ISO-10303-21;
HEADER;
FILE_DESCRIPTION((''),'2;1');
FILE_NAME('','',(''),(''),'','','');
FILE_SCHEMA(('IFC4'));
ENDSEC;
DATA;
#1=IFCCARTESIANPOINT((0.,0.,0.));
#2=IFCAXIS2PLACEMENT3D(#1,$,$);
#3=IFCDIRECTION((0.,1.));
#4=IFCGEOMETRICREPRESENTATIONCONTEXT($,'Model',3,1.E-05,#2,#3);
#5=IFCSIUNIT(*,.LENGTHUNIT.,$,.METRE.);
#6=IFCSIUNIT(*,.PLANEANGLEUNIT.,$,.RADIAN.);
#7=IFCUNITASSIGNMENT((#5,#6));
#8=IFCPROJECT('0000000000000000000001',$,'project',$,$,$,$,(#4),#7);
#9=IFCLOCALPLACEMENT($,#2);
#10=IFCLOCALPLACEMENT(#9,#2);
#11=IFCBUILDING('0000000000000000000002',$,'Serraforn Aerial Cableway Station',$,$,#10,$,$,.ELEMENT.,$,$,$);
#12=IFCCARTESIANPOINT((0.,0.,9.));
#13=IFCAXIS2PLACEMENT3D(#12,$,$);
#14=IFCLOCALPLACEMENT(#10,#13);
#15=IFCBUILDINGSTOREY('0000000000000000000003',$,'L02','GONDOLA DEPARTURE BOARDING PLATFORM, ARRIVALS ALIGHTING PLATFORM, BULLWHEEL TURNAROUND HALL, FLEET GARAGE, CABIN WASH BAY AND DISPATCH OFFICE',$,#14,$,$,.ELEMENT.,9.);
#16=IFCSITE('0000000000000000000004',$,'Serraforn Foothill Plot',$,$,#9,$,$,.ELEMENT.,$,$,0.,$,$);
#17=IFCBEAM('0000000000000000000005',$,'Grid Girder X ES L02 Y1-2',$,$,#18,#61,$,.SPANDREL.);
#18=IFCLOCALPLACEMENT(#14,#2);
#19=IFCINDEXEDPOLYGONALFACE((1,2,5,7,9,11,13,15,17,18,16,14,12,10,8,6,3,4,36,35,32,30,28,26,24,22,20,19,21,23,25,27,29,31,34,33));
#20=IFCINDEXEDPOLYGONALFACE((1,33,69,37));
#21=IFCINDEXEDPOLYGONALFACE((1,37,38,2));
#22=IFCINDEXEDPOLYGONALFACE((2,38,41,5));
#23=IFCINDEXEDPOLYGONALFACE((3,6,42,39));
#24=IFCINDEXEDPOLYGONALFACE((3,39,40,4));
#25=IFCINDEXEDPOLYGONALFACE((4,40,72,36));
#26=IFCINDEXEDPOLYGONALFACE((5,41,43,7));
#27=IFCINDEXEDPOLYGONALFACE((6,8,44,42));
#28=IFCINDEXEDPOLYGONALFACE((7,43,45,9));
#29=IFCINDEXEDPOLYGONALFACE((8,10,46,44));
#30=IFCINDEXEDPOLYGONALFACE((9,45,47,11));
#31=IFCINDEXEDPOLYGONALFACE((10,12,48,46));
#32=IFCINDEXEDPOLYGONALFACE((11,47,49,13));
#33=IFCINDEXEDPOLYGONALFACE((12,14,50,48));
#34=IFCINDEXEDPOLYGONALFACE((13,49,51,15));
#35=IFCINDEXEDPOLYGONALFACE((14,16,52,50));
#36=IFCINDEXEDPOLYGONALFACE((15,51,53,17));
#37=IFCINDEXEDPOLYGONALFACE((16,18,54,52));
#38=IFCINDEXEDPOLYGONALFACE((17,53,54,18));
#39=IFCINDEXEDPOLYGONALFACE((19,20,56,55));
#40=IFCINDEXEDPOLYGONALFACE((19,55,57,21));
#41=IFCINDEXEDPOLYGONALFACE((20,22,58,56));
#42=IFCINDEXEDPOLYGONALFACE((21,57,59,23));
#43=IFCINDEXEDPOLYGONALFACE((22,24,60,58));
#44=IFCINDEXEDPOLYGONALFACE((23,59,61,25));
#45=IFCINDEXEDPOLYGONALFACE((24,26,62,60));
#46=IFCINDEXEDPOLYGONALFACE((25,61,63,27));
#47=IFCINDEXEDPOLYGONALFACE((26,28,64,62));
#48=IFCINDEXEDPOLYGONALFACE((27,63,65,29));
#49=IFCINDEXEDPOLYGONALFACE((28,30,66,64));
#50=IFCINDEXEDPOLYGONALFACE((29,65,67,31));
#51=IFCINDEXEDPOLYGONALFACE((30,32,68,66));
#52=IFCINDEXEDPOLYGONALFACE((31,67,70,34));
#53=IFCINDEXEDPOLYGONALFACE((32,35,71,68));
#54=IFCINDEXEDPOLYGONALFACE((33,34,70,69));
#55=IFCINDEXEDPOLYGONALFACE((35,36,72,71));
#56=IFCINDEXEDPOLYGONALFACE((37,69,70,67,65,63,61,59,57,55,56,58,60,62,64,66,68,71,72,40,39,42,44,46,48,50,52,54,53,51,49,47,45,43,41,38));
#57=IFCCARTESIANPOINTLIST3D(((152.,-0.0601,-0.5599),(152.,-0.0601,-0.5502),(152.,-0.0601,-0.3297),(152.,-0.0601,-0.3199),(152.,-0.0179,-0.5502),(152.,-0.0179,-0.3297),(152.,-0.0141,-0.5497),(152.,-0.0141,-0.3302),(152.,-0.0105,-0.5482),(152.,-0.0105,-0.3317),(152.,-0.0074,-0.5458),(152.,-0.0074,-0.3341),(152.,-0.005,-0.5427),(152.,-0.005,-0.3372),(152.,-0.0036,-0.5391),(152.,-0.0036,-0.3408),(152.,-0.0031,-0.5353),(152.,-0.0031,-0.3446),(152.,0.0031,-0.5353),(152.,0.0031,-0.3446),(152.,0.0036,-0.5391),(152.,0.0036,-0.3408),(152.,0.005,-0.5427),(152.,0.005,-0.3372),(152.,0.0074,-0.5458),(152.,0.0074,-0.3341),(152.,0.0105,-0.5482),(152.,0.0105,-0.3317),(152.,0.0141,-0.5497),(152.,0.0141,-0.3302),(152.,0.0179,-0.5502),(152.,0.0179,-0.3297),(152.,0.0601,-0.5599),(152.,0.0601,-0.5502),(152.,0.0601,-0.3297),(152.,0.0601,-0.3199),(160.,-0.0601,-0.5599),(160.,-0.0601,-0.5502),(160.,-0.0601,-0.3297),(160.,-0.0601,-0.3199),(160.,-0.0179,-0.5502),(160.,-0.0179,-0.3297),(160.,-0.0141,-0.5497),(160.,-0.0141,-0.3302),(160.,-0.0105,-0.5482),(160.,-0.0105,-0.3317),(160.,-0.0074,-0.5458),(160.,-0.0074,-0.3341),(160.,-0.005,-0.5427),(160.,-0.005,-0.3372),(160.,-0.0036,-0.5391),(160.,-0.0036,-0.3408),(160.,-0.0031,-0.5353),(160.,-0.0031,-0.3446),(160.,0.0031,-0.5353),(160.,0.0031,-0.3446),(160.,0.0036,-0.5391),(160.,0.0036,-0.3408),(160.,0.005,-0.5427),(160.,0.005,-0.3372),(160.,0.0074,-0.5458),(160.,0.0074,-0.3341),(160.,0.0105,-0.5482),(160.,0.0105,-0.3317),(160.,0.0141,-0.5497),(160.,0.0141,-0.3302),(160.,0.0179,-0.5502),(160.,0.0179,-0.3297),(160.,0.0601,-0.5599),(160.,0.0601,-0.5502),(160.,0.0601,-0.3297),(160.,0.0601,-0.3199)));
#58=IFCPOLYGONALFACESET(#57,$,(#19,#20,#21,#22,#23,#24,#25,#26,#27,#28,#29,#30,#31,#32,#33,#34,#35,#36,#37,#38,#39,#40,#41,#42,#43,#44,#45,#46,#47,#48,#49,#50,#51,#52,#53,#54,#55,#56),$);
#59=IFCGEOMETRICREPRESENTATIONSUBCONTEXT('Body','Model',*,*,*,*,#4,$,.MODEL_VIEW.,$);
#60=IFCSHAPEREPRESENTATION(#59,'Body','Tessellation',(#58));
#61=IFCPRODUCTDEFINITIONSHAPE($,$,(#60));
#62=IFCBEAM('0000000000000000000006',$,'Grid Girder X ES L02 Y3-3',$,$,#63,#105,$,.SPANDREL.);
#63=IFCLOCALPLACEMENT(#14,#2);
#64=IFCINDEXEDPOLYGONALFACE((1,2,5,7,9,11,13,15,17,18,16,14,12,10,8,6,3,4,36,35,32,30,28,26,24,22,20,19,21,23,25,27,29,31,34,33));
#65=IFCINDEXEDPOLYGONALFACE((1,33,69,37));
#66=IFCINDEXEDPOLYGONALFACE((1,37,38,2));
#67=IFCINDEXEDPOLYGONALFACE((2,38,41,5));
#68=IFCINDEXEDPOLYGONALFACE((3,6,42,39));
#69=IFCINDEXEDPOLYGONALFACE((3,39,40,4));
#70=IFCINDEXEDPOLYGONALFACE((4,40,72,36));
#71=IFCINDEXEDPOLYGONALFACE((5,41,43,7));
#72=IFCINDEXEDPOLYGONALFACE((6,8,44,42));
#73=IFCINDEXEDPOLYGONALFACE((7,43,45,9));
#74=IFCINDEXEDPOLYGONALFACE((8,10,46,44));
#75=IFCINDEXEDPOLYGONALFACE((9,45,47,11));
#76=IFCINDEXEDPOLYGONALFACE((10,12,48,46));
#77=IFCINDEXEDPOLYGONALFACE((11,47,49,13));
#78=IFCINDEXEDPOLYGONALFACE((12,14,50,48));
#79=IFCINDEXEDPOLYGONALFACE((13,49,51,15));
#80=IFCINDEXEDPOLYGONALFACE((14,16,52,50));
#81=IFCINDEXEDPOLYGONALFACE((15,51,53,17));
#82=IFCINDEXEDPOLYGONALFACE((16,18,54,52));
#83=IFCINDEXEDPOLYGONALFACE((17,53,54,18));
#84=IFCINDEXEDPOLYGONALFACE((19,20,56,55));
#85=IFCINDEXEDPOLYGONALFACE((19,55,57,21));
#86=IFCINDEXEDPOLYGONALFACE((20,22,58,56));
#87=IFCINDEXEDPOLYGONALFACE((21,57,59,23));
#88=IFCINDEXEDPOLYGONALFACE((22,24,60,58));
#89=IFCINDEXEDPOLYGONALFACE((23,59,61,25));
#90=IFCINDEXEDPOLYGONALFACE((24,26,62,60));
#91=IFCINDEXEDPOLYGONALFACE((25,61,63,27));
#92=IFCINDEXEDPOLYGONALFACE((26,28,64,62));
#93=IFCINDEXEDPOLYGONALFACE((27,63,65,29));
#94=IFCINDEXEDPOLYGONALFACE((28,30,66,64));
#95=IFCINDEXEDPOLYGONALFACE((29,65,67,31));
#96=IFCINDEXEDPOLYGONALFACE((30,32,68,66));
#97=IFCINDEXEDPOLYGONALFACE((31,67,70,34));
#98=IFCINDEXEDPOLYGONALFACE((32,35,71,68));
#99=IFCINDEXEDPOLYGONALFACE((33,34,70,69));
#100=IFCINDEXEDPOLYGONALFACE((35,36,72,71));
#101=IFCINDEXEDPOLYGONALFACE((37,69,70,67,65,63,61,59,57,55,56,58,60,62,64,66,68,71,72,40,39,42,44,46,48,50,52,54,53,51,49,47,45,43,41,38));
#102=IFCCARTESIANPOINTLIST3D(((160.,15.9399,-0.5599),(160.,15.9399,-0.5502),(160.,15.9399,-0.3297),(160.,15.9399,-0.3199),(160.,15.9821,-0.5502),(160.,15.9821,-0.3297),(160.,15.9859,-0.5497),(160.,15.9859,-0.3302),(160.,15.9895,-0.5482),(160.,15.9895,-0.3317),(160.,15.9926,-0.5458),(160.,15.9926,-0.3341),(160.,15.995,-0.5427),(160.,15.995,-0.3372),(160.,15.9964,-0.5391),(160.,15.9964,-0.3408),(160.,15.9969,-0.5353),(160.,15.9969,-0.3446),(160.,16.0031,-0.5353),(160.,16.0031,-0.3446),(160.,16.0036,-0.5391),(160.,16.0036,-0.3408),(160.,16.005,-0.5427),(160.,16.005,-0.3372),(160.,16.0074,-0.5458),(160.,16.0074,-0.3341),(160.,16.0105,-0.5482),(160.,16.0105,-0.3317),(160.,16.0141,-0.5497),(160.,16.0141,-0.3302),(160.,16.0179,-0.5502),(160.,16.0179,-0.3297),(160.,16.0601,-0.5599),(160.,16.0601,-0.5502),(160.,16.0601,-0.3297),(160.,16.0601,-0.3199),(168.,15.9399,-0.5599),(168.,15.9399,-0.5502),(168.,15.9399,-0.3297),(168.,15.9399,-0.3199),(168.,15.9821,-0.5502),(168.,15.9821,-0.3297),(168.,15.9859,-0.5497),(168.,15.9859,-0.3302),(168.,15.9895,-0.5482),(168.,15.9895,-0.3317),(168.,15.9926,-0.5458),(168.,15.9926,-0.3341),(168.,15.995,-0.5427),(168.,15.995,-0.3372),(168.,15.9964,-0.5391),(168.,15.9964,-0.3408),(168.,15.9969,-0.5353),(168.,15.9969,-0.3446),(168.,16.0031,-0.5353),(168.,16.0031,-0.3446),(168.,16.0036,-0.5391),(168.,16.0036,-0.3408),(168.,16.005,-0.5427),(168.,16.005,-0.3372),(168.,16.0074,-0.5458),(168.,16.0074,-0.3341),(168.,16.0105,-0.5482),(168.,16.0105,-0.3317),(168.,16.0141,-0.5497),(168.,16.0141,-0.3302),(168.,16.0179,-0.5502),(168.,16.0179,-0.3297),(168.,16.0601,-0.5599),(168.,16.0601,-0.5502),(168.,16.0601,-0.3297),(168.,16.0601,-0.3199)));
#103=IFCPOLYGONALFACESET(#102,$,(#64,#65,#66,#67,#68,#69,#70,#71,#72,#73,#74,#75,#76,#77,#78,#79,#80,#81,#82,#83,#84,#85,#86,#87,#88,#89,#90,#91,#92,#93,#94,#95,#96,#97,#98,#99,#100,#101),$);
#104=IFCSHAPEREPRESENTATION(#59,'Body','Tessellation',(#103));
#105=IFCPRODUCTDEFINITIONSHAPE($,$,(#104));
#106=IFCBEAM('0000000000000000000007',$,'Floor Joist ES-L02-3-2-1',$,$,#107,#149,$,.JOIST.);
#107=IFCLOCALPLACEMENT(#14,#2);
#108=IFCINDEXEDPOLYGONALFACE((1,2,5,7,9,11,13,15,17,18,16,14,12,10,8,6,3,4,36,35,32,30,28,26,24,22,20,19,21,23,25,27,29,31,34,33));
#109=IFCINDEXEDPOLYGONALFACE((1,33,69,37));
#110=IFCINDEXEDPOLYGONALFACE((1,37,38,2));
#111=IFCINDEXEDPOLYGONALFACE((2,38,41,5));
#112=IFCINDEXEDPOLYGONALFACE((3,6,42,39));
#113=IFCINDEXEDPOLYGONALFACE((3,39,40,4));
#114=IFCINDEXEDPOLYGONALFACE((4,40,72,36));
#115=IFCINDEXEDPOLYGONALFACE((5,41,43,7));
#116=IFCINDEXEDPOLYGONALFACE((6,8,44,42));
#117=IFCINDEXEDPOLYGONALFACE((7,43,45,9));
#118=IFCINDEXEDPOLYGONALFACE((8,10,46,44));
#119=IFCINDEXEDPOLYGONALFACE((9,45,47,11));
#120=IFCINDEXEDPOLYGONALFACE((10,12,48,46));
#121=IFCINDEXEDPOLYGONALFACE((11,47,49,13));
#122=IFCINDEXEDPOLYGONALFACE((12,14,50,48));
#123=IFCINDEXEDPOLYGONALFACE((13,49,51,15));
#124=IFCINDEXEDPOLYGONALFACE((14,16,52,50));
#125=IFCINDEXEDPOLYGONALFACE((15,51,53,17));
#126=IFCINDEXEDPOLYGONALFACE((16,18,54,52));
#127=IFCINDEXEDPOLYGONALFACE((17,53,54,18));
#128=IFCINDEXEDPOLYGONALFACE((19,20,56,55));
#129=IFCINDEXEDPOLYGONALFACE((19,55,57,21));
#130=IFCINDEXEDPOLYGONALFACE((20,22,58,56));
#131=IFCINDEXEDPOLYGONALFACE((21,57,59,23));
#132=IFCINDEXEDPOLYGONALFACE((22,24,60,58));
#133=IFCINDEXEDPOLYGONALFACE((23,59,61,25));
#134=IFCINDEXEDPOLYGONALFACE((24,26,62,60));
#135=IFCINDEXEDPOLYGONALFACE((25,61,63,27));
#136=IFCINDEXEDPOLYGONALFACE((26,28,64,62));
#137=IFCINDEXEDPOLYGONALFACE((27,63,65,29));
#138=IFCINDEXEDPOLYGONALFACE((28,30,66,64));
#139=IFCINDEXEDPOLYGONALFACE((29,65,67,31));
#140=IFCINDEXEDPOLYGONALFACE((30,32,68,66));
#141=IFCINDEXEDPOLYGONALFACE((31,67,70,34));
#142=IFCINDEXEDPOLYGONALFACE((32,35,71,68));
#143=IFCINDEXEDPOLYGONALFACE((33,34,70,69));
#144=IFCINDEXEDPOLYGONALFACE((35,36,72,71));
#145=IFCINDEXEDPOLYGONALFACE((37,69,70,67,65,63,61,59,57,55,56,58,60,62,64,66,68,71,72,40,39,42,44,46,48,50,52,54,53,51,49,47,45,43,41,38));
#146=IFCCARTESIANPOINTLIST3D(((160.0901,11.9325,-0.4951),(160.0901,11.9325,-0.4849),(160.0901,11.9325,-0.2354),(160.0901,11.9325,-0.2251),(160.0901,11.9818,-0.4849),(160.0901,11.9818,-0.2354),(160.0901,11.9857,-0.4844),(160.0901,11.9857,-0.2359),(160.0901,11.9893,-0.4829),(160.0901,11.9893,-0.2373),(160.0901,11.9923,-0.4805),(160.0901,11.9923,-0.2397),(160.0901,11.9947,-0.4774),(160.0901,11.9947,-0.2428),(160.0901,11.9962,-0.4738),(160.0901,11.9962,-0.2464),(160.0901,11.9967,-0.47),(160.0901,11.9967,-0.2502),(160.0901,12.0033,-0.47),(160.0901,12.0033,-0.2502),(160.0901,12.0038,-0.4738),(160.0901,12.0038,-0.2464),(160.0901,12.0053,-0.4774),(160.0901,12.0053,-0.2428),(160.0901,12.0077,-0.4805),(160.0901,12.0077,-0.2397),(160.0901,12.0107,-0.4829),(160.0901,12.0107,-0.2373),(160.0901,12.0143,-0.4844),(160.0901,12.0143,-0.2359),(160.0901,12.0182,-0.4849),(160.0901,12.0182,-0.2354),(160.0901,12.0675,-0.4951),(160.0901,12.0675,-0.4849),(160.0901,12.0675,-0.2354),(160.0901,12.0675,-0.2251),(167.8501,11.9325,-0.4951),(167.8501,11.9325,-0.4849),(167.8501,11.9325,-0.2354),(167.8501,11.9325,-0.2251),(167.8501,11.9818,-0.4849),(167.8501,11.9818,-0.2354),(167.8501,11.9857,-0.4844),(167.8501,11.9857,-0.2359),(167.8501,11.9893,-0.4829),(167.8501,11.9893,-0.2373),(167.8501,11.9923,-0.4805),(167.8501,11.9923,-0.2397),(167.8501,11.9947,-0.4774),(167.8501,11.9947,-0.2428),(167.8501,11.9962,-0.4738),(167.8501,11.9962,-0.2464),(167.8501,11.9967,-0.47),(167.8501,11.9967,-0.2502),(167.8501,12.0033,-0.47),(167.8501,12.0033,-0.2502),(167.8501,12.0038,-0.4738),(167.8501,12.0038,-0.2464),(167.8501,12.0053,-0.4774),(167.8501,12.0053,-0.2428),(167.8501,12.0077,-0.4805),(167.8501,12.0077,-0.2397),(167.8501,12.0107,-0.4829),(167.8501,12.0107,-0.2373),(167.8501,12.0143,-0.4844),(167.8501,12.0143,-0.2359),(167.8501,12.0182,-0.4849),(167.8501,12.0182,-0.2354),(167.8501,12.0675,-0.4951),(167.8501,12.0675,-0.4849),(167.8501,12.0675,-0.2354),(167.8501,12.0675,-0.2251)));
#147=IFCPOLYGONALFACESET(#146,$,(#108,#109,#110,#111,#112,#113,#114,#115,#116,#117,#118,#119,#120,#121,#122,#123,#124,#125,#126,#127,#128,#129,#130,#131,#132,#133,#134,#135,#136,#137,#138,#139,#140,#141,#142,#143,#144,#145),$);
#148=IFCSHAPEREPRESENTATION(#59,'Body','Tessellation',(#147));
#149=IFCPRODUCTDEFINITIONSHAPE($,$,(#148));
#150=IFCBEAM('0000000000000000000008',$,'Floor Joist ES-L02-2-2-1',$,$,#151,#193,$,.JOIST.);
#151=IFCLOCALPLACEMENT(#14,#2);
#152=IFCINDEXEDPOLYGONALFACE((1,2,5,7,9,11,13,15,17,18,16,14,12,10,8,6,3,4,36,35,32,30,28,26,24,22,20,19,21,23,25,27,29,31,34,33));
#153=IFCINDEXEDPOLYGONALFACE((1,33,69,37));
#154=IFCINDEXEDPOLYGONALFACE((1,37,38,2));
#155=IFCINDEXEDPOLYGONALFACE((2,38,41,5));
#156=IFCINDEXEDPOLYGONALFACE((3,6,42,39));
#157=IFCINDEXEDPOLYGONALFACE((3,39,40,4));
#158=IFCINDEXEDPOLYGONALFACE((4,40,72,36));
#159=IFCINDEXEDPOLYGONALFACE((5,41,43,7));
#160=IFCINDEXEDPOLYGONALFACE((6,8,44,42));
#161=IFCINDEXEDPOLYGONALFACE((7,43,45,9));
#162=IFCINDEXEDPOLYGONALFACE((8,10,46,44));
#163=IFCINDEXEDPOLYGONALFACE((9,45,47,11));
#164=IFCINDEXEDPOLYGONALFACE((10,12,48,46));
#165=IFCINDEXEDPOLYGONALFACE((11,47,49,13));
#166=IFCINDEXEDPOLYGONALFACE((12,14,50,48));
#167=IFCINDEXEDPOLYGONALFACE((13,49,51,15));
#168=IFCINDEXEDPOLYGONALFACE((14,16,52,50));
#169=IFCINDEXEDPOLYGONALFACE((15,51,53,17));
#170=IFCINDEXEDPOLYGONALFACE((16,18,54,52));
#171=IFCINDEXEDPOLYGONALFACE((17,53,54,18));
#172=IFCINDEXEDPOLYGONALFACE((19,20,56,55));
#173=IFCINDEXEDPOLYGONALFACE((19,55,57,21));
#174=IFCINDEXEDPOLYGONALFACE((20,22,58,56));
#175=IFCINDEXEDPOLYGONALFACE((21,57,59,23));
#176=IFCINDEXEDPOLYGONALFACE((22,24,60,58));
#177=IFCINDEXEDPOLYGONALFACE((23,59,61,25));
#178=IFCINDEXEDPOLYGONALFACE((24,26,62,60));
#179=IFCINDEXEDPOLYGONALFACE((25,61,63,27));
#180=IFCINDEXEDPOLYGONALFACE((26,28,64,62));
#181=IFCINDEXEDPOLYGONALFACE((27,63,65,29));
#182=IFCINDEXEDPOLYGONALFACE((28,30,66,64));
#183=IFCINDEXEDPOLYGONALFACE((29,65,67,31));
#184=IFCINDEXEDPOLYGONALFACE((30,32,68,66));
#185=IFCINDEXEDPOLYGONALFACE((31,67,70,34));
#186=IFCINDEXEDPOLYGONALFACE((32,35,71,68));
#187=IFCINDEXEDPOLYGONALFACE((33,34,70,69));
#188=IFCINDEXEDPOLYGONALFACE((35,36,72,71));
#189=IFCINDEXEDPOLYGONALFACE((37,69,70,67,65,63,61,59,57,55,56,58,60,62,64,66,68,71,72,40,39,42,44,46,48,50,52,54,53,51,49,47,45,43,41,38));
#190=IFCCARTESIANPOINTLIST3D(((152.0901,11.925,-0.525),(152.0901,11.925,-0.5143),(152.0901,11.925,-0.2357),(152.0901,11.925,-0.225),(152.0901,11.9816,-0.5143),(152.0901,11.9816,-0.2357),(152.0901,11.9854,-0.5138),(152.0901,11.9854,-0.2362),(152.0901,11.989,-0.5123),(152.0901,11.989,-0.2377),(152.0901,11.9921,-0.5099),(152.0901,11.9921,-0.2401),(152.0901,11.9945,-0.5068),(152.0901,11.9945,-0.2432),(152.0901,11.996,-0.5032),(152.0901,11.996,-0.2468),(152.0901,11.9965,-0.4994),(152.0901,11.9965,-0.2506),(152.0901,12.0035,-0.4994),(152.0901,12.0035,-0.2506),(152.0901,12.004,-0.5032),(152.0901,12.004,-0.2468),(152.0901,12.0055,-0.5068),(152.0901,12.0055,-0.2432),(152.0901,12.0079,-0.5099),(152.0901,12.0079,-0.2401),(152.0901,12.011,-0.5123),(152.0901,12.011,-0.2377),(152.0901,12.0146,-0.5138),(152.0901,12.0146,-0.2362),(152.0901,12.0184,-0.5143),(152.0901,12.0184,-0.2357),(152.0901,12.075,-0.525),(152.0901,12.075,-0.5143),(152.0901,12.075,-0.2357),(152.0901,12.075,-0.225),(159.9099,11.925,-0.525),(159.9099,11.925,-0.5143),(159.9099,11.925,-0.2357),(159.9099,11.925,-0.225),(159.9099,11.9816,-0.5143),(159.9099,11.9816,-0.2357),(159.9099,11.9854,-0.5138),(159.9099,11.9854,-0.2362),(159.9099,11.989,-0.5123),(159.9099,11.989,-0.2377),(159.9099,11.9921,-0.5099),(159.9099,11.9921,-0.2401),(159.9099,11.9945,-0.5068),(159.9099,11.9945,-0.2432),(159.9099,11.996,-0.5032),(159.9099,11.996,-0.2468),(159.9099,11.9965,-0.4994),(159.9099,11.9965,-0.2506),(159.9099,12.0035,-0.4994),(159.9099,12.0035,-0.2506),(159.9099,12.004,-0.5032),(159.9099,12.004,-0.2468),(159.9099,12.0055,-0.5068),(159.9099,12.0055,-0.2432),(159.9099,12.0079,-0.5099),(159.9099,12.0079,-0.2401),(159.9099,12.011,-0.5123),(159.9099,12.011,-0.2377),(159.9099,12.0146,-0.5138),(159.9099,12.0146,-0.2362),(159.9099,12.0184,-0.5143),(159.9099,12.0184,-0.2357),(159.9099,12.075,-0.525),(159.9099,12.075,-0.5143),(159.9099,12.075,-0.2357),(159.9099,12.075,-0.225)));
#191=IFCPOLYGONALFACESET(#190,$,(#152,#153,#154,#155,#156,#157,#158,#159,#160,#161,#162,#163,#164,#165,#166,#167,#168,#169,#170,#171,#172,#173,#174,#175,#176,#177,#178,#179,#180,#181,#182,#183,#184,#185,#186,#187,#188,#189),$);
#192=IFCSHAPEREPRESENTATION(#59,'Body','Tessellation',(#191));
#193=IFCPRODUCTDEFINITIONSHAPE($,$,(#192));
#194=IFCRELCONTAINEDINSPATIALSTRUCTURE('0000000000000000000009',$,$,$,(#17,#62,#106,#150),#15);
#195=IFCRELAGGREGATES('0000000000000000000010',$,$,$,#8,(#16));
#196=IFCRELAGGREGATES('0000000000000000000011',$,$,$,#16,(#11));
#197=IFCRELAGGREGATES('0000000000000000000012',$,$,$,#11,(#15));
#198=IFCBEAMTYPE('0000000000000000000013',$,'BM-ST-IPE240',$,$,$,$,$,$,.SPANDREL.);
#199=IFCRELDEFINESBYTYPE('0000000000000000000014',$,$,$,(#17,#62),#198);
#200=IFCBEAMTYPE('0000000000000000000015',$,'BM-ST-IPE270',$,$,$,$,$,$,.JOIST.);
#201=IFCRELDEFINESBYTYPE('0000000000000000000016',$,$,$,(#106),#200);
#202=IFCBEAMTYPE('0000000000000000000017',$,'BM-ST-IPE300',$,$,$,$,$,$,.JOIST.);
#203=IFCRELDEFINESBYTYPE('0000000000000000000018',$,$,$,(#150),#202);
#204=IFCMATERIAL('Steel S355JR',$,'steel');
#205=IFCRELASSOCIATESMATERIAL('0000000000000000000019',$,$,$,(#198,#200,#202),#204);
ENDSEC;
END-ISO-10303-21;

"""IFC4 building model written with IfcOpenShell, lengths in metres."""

from ifc_helpers import new_model, si_unit, direction, frame, origin, origin_2d, place, context, subcontext, project, spatial, i_section, extrude, material, material_profile, profile_set, type_object, element, save


model = new_model("IFC4")

# Units and contexts
model_context = context("Model", 3, precision=1e-05, world=origin(), true_north=direction((0.0, 1.0)))
body_context = subcontext(model_context, "Body", "Model", "MODEL_VIEW")
ifc_project = project(units=[si_unit("LENGTHUNIT", "METRE"), si_unit("PLANEANGLEUNIT", "RADIAN")], contexts=[model_context])

# Site, building, storey
site_placement = place(None, origin())
site = spatial("IfcSite", under=ifc_project, at=site_placement, Name="Serraforn Foothill Plot", CompositionType="ELEMENT", RefElevation=0.0)
building_placement = place(site_placement, origin())
building = spatial("IfcBuilding", under=site, at=building_placement, Name="Serraforn Aerial Cableway Station", CompositionType="ELEMENT")
storey_placement = place(building_placement, frame((0.0, 0.0, 9.0)))
storey = spatial("IfcBuildingStorey", under=building, at=storey_placement, Name="L02", Description="GONDOLA DEPARTURE BOARDING PLATFORM, ARRIVALS ALIGHTING PLATFORM, BULLWHEEL TURNAROUND HALL, FLEET GARAGE, CABIN WASH BAY AND DISPATCH OFFICE", CompositionType="ELEMENT", Elevation=9.0)

# Beams
ifc_material_1 = material(Name="Steel S355JR", Category="steel")
ifc_material_profile_1 = material_profile(ifc_material_1, i_section(OverallWidth=0.1201, OverallDepth=0.24, WebThickness=0.0061, FlangeThickness=0.0098, FilletRadius=0.0149, at=origin_2d()), Name="IPE 240")
ifc_profile_set_1 = profile_set([ifc_material_profile_1], Name="Steel S355JR")
beam_type_1 = type_object("IfcBeamType", Name="BM-ST-IPE240", PredefinedType="SPANDREL", material=ifc_profile_set_1)
for number, where, z_axis, x_axis, name in (
    (1, (152.0, 0.0, -0.4399), (1.0, 0.0, 0.0), (0.0, 1.0, 0.0), "Grid Girder X ES L02 Y1-2"),
    (2, (160.0, 16.0, -0.4399), (1.0, 0.0, 0.0), (0.0, 1.0, 0.0), "Grid Girder X ES L02 Y3-3"),
):
    element("IfcBeam", number, at=place(storey_placement, frame(where, z_axis=z_axis, x_axis=x_axis)), inside=storey, type_object=beam_type_1, Name=name, PredefinedType="SPANDREL", context=body_context, shape_type="SweptSolid", body=[
        extrude(i_section(OverallWidth=0.1201, OverallDepth=0.24, WebThickness=0.0061, FlangeThickness=0.0098, FilletRadius=0.0149, at=origin_2d()), origin(), (0.0, 0.0, 1.0), 8.0),
    ])
ifc_material_profile_2 = material_profile(ifc_material_1, i_section(OverallWidth=0.135, OverallDepth=0.27, WebThickness=0.0066, FlangeThickness=0.0103, FilletRadius=0.0149, at=origin_2d()), Name="IPE 270")
ifc_profile_set_2 = profile_set([ifc_material_profile_2], Name="Steel S355JR")
beam_type_2 = type_object("IfcBeamType", Name="BM-ST-IPE270", PredefinedType="JOIST", material=ifc_profile_set_2)
beam_1_placement = place(storey_placement, frame((160.0901, 12.0, -0.3601), z_axis=(1.0, 0.0, 0.0), x_axis=(0.0, 1.0, 0.0)))
element("IfcBeam", 3, at=beam_1_placement, inside=storey, type_object=beam_type_2, Name="Floor Joist ES-L02-3-2-1", PredefinedType="JOIST", context=body_context, shape_type="SweptSolid", body=[
    extrude(i_section(OverallWidth=0.135, OverallDepth=0.27, WebThickness=0.0066, FlangeThickness=0.0103, FilletRadius=0.0149, at=origin_2d()), origin(), (0.0, 0.0, 1.0), 7.76),
])
ifc_material_profile_3 = material_profile(ifc_material_1, i_section(OverallWidth=0.1499, OverallDepth=0.3, WebThickness=0.0071, FlangeThickness=0.0107, FilletRadius=0.0149, at=origin_2d()), Name="IPE 300")
ifc_profile_set_3 = profile_set([ifc_material_profile_3], Name="Steel S355JR")
beam_type_3 = type_object("IfcBeamType", Name="BM-ST-IPE300", PredefinedType="JOIST", material=ifc_profile_set_3)
beam_2_placement = place(storey_placement, frame((152.0901, 12.0, -0.375), z_axis=(1.0, 0.0, 0.0), x_axis=(0.0, 1.0, 0.0)))
element("IfcBeam", 4, at=beam_2_placement, inside=storey, type_object=beam_type_3, Name="Floor Joist ES-L02-2-2-1", PredefinedType="JOIST", context=body_context, shape_type="SweptSolid", body=[
    extrude(i_section(OverallWidth=0.1499, OverallDepth=0.3, WebThickness=0.0071, FlangeThickness=0.0107, FilletRadius=0.0149, at=origin_2d()), origin(), (0.0, 0.0, 1.0), 7.8198),
])

save(model, "model.ifc")
